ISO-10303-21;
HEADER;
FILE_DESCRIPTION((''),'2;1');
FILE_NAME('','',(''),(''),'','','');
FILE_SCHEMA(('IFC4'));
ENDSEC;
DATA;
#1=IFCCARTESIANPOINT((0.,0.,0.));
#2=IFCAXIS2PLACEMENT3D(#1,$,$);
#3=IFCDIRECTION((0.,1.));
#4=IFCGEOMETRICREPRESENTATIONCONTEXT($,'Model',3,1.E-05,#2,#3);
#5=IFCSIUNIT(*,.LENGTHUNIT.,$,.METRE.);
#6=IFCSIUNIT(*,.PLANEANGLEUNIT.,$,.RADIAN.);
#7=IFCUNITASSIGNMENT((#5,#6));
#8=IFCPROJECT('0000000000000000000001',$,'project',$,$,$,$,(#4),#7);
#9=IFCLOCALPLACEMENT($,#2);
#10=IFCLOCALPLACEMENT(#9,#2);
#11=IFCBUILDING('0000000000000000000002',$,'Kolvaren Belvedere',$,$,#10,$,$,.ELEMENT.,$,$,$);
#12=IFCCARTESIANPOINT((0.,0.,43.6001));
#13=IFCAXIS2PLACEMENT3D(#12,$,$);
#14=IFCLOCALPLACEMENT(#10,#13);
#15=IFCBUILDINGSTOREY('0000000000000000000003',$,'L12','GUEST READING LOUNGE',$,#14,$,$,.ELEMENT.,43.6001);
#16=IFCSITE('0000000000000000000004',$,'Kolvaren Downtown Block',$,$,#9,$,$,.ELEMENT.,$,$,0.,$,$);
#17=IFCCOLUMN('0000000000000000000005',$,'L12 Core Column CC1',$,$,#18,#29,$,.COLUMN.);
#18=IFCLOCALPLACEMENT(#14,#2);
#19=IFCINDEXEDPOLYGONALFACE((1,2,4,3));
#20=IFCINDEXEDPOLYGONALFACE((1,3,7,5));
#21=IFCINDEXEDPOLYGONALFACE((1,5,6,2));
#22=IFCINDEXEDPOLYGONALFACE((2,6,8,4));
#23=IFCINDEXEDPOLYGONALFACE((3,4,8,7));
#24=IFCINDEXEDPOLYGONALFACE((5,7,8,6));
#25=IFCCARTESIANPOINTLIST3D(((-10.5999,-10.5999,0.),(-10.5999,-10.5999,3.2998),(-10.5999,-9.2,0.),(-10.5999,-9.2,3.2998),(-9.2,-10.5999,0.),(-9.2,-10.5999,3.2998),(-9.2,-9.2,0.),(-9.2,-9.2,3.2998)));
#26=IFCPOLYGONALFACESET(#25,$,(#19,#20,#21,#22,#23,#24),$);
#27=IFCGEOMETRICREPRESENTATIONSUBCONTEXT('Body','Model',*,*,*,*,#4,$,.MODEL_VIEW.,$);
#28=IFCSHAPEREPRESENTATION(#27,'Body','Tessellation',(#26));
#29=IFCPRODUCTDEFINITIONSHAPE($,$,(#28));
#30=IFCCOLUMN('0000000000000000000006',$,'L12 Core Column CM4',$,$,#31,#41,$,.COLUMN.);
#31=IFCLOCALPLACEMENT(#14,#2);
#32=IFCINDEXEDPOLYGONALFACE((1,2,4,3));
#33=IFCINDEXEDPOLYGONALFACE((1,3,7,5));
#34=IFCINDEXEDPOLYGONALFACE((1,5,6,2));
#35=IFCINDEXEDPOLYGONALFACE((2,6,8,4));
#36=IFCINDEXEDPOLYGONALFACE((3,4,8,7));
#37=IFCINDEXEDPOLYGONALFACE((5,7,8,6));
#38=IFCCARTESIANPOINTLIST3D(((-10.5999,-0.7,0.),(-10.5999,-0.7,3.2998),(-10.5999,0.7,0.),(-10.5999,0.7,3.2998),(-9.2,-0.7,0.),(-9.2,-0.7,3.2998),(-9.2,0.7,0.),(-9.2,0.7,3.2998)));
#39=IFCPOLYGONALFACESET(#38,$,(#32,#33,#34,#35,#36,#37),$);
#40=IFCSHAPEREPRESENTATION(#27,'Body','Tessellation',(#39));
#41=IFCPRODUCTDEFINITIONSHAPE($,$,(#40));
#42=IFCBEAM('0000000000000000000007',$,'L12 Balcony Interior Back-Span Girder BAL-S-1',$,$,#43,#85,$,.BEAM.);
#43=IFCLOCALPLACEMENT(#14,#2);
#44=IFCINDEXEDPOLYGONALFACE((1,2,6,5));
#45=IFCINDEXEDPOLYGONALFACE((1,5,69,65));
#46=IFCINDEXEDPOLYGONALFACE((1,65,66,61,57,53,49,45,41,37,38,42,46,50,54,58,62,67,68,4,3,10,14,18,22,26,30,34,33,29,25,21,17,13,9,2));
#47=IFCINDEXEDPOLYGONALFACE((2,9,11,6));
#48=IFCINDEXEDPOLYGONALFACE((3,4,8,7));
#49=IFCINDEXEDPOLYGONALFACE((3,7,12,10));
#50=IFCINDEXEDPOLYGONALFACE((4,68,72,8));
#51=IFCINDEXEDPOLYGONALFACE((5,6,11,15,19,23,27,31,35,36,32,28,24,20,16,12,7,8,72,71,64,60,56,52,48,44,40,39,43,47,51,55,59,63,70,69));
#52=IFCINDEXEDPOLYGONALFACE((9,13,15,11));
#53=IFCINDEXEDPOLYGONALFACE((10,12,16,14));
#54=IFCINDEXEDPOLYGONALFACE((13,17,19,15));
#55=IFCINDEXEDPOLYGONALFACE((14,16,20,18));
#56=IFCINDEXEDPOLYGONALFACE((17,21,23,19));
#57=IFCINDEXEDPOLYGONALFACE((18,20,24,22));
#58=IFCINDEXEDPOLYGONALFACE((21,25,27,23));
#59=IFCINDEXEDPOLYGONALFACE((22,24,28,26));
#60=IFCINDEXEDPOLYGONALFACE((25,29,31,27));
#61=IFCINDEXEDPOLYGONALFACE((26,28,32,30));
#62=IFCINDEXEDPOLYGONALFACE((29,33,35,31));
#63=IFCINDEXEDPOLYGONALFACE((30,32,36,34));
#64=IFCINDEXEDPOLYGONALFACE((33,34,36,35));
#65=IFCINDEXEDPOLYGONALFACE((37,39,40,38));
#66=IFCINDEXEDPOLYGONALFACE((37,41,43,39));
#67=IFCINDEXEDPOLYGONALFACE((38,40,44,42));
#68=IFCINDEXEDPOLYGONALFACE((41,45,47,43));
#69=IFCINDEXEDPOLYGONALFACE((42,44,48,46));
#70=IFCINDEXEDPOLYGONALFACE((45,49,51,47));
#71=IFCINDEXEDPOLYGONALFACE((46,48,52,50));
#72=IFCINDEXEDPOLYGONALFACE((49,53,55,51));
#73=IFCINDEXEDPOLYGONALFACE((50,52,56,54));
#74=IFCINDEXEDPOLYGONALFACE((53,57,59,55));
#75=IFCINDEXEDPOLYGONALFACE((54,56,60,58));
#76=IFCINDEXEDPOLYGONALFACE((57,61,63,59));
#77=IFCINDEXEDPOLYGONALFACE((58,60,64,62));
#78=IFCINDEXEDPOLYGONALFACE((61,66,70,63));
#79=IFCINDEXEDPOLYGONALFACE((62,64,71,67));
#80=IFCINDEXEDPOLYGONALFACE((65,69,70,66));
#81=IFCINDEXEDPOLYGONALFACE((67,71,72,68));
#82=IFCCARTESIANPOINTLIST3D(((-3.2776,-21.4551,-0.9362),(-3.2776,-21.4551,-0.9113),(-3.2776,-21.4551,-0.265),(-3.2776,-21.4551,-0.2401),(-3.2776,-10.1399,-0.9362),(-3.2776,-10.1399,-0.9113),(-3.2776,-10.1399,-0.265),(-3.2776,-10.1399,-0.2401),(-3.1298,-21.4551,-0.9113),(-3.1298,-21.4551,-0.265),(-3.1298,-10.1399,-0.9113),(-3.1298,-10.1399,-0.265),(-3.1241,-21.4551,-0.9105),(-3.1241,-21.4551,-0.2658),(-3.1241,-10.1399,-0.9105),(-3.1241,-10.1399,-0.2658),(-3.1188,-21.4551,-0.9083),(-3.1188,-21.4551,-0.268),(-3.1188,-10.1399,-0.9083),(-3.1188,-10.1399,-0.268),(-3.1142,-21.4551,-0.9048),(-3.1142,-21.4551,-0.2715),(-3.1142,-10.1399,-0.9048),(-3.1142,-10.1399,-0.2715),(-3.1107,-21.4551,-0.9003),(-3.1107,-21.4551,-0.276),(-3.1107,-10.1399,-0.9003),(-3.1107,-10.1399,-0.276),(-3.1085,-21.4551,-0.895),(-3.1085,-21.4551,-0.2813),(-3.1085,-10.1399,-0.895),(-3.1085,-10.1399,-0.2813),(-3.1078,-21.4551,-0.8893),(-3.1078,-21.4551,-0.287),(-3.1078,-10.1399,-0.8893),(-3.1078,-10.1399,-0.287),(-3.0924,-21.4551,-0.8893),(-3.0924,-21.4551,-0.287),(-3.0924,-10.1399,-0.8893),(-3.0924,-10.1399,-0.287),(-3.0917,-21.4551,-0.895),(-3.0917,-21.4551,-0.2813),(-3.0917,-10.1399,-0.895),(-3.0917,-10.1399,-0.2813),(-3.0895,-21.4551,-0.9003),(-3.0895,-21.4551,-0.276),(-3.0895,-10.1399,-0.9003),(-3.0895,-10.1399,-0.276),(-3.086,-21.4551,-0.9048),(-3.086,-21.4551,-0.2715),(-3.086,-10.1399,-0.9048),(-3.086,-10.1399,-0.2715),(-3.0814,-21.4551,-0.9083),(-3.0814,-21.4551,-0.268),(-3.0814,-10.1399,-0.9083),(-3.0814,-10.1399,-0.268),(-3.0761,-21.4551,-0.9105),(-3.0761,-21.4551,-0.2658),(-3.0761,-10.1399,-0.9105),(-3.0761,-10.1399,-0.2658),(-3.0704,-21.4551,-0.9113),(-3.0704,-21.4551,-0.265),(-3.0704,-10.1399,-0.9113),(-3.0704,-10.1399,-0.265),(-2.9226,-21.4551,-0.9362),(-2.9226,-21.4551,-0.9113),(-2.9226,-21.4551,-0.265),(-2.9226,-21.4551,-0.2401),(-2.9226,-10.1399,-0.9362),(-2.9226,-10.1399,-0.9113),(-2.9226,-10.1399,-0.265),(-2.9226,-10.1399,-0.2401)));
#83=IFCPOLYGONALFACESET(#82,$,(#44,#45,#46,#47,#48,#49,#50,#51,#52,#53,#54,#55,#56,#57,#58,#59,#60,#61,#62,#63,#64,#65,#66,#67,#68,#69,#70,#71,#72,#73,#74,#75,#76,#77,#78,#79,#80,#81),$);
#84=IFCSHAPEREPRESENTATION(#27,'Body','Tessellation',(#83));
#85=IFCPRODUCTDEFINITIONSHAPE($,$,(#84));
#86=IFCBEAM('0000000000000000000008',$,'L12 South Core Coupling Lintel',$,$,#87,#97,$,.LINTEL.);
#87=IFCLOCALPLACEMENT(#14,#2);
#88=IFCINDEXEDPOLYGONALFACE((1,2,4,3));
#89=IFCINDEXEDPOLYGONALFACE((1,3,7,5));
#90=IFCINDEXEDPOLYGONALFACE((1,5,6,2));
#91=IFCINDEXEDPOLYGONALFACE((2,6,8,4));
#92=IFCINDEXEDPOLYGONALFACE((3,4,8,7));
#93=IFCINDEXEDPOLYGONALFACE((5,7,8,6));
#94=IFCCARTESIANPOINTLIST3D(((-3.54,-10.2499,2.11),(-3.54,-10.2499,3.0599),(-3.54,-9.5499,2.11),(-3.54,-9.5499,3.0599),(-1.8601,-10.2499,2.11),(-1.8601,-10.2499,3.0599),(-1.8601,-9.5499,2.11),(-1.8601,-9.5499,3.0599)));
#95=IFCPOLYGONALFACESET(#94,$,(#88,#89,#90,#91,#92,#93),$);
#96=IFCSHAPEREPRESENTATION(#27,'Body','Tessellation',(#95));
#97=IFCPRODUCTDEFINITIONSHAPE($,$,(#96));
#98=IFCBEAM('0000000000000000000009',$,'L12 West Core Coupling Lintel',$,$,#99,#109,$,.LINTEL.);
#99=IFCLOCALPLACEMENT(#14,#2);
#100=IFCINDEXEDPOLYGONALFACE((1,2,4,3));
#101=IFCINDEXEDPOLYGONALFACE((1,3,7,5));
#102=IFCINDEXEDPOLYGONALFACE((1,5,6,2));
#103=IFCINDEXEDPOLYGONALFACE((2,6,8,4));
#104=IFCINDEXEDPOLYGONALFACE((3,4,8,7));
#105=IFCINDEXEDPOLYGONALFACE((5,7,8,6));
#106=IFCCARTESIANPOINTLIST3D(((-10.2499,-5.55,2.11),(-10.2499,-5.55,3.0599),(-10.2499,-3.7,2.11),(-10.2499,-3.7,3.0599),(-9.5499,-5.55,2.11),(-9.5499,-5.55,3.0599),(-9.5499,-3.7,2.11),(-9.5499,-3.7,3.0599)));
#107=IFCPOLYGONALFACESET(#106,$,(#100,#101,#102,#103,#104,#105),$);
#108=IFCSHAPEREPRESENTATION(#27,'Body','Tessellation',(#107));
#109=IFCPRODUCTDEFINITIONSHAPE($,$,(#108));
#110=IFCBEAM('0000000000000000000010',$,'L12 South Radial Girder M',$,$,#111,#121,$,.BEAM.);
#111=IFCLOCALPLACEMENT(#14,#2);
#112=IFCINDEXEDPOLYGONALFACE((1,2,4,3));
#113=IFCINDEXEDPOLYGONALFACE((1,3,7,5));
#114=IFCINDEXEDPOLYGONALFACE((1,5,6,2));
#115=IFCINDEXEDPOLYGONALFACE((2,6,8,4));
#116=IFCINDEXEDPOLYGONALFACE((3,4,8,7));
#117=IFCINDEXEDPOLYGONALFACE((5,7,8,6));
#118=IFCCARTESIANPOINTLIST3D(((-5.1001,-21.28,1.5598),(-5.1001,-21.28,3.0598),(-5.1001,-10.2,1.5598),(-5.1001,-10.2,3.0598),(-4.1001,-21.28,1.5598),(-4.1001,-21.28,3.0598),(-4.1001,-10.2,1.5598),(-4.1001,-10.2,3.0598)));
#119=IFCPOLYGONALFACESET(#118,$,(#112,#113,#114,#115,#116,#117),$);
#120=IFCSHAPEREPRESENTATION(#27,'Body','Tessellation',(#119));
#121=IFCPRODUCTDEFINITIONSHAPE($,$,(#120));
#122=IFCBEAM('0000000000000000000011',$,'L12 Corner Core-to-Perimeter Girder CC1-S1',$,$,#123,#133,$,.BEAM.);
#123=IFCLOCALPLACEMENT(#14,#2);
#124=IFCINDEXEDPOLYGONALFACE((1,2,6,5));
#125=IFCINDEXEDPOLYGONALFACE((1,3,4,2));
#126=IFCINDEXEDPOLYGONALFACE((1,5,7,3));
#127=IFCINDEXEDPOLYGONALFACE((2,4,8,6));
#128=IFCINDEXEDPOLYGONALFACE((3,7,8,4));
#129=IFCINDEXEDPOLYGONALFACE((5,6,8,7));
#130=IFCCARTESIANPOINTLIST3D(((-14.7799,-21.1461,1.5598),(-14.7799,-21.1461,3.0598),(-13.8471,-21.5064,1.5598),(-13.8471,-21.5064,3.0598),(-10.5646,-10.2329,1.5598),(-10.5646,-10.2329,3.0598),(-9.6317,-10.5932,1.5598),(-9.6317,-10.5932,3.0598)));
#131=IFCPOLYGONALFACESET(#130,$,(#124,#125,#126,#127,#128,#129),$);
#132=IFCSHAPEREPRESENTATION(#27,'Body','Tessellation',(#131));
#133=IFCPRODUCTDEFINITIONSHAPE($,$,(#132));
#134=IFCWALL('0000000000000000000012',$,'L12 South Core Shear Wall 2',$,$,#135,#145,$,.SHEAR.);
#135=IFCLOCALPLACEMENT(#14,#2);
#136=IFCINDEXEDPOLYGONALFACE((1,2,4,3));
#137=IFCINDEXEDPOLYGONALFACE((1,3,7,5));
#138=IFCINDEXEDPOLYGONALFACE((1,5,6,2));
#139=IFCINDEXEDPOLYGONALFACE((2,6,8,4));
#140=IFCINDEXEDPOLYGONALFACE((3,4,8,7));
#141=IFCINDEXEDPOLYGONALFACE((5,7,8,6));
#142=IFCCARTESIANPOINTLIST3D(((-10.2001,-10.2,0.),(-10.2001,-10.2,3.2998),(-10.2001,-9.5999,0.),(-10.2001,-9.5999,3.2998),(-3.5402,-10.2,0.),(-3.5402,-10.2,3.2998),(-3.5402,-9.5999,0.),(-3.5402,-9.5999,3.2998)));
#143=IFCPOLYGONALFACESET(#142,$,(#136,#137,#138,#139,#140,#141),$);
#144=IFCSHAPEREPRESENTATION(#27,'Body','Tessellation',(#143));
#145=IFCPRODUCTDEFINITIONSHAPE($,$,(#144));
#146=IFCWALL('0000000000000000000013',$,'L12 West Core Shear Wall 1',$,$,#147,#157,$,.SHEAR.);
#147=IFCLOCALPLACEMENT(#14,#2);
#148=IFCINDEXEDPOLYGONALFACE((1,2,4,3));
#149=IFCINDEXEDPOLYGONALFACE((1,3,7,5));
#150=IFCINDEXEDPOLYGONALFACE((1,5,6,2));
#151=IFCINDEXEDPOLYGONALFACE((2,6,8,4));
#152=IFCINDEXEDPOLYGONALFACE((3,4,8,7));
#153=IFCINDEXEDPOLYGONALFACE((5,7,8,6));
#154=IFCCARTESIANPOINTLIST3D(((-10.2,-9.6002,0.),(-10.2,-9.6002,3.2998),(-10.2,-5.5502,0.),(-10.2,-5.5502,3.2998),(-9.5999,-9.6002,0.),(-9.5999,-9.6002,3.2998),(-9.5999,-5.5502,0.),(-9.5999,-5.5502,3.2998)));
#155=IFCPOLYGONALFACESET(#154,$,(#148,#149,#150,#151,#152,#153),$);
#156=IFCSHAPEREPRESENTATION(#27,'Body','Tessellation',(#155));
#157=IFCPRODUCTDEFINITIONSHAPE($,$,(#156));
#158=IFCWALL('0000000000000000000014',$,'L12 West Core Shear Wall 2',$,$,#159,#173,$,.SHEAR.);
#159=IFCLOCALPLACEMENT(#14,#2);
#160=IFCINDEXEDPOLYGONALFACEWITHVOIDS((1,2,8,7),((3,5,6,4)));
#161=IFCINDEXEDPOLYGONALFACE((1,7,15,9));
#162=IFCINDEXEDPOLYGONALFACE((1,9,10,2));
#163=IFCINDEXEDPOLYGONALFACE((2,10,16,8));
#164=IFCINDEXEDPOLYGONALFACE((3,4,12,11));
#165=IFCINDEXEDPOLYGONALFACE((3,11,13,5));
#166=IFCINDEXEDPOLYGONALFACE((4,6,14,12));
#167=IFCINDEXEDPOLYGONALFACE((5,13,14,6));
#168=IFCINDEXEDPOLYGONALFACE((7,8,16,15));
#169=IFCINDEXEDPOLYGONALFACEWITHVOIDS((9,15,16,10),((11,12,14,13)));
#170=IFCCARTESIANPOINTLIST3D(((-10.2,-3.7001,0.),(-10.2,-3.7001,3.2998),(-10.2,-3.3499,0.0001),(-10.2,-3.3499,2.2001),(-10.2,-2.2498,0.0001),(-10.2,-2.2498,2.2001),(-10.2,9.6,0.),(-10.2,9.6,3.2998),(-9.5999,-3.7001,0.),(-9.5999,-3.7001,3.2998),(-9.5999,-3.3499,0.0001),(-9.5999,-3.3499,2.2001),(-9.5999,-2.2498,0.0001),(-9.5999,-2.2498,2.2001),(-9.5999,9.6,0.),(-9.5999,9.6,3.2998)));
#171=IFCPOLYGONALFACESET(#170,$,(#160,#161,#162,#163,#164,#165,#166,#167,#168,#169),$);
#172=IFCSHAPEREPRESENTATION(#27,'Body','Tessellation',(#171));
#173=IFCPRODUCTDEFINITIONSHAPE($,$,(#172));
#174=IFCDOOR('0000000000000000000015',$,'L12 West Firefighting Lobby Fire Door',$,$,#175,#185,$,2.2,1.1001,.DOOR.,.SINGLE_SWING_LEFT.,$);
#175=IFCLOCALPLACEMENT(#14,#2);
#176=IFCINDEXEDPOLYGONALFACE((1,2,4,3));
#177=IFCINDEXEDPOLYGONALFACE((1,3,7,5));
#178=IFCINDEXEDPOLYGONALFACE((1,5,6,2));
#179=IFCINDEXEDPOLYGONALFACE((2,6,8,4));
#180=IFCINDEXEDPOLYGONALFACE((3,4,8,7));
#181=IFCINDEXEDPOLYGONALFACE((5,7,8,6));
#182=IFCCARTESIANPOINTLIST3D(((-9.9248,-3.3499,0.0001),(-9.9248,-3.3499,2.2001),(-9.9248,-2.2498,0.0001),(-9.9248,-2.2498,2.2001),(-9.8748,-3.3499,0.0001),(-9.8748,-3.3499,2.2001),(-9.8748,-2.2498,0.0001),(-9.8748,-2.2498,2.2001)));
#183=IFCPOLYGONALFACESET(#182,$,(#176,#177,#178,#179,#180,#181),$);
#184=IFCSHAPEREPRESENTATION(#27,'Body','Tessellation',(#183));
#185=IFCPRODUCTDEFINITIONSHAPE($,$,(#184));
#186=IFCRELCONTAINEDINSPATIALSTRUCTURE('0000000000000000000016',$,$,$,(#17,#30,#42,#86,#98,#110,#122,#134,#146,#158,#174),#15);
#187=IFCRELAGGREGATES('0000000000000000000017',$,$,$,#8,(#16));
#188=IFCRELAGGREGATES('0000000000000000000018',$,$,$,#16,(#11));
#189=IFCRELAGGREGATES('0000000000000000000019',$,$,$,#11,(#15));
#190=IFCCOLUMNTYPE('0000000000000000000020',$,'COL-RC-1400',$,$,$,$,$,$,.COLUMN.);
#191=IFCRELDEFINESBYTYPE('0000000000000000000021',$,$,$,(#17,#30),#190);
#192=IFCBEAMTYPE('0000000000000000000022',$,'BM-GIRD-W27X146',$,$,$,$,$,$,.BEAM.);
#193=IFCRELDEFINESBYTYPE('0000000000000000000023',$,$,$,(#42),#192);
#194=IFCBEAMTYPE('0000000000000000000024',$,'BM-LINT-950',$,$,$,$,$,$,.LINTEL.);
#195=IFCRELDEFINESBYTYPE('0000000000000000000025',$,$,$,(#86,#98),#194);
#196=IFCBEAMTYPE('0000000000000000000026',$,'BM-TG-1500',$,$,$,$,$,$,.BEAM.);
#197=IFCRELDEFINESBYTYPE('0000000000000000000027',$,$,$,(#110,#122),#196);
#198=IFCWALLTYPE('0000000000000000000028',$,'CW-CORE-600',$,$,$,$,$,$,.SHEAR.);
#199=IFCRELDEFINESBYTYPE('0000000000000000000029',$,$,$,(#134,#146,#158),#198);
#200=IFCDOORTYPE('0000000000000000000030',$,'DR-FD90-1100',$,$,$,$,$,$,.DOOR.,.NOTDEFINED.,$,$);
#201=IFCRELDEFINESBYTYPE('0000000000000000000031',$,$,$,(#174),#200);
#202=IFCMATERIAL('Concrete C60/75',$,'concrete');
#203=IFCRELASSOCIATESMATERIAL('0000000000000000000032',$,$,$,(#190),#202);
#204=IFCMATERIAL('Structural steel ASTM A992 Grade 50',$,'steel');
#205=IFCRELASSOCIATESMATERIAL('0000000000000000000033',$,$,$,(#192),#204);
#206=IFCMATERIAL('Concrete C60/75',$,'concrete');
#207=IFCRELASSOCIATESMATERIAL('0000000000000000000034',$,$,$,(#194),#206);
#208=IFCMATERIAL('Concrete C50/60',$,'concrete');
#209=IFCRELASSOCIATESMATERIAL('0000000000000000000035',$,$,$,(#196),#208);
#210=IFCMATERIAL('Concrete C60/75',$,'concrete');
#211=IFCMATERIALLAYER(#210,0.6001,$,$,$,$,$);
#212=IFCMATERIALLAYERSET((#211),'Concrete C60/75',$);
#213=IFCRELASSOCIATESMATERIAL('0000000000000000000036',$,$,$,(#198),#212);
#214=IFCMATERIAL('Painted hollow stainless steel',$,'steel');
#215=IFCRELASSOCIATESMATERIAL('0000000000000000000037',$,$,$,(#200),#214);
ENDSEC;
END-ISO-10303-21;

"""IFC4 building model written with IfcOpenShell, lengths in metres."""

from ifc_helpers import new_model, si_unit, direction, frame, frame_2d, origin, origin_2d, place, context, subcontext, project, spatial, rectangle, i_section, extrude, material, layer, layer_set, material_profile, profile_set, type_object, element, fill, save


model = new_model("IFC4")

# Units and contexts
model_context = context("Model", 3, precision=1e-05, world=origin(), true_north=direction((0.0, 1.0)))
body_context = subcontext(model_context, "Body", "Model", "MODEL_VIEW")
ifc_project = project(units=[si_unit("LENGTHUNIT", "METRE"), si_unit("PLANEANGLEUNIT", "RADIAN")], contexts=[model_context])

# Site, building, storey
site_placement = place(None, origin())
site = spatial("IfcSite", under=ifc_project, at=site_placement, Name="Kolvaren Downtown Block", CompositionType="ELEMENT", RefElevation=0.0)
building_placement = place(site_placement, origin())
building = spatial("IfcBuilding", under=site, at=building_placement, Name="Kolvaren Belvedere", CompositionType="ELEMENT")
storey_placement = place(building_placement, frame((0.0, 0.0, 43.6001)))
storey = spatial("IfcBuildingStorey", under=building, at=storey_placement, Name="L12", Description="GUEST READING LOUNGE", CompositionType="ELEMENT", Elevation=43.6001)

# Columns
ifc_material_1 = material(Name="Concrete C60/75", Category="concrete")
ifc_material_profile_1 = material_profile(ifc_material_1, rectangle(XDim=1.3999, YDim=1.3999, at=origin_2d()), Name="RC 1400X1400")
ifc_profile_set_1 = profile_set([ifc_material_profile_1], Name="Concrete C60/75")
column_type = type_object("IfcColumnType", Name="COL-RC-1400", PredefinedType="COLUMN", material=ifc_profile_set_1)
for number, where, z_axis, x_axis, name in (
    (1, (-9.8999, -9.8999, 0.0), (0.0, 0.0, 1.0), (1.0, 0.0, 0.0), "L12 Core Column CC1"),
    (2, (-9.8999, 0.0, 0.0), (0.0, 0.0, 1.0), (1.0, 0.0, 0.0), "L12 Core Column CM4"),
):
    element("IfcColumn", number, at=place(storey_placement, frame(where, z_axis=z_axis, x_axis=x_axis)), inside=storey, type_object=column_type, Name=name, PredefinedType="COLUMN", context=body_context, shape_type="SweptSolid", body=[
        extrude(rectangle(XDim=1.3999, YDim=1.3999, at=origin_2d()), origin(), (0.0, 0.0, 1.0), 3.2998),
    ])

# Beams
ifc_material_2 = material(Name="Structural steel ASTM A992 Grade 50", Category="steel")
ifc_material_profile_2 = material_profile(ifc_material_2, i_section(OverallWidth=0.355, OverallDepth=0.696, WebThickness=0.0154, FlangeThickness=0.0249, FilletRadius=0.022, at=origin_2d()), Name="W27X146")
ifc_profile_set_2 = profile_set([ifc_material_profile_2], Name="Structural steel ASTM A992 Grade 50")
beam_type_1 = type_object("IfcBeamType", Name="BM-GIRD-W27X146", PredefinedType="BEAM", material=ifc_profile_set_2)
beam_1_placement = place(storey_placement, frame((-3.1001, -10.1399, -0.5881), z_axis=(0.0, -1.0, 0.0), x_axis=(1.0, 0.0, 0.0)))
element("IfcBeam", 3, at=beam_1_placement, inside=storey, type_object=beam_type_1, Name="L12 Balcony Interior Back-Span Girder BAL-S-1", PredefinedType="BEAM", context=body_context, shape_type="SweptSolid", body=[
    extrude(i_section(OverallWidth=0.355, OverallDepth=0.696, WebThickness=0.0154, FlangeThickness=0.0249, FilletRadius=0.022, at=origin_2d()), origin(), (0.0, 0.0, 1.0), 11.3152),
])
ifc_material_3 = material(Name="Concrete C60/75", Category="concrete")
ifc_material_profile_3 = material_profile(ifc_material_3, rectangle(XDim=0.7, YDim=0.95, at=origin_2d()), Name="RC 700X950")
ifc_profile_set_3 = profile_set([ifc_material_profile_3], Name="Concrete C60/75")
beam_type_2 = type_object("IfcBeamType", Name="BM-LINT-950", PredefinedType="LINTEL", material=ifc_profile_set_3)
beam_2_placement = place(storey_placement, frame((-3.54, -9.8999, 2.585), z_axis=(1.0, 0.0, 0.0), x_axis=(0.0, 1.0, 0.0)))
element("IfcBeam", 4, at=beam_2_placement, inside=storey, type_object=beam_type_2, Name="L12 South Core Coupling Lintel", PredefinedType="LINTEL", context=body_context, shape_type="SweptSolid", body=[
    extrude(rectangle(XDim=0.7, YDim=0.95, at=origin_2d()), origin(), (0.0, 0.0, 1.0), 1.6799),
])
beam_3_placement = place(storey_placement, frame((-9.8999, -5.55, 2.585), z_axis=(0.0, 1.0, 0.0), x_axis=(-1.0, 0.0, 0.0)))
element("IfcBeam", 5, at=beam_3_placement, inside=storey, type_object=beam_type_2, Name="L12 West Core Coupling Lintel", PredefinedType="LINTEL", context=body_context, shape_type="SweptSolid", body=[
    extrude(rectangle(XDim=0.7, YDim=0.95, at=origin_2d()), origin(), (0.0, 0.0, 1.0), 1.8501),
])
ifc_material_4 = material(Name="Concrete C50/60", Category="concrete")
ifc_material_profile_4 = material_profile(ifc_material_4, rectangle(XDim=1.0, YDim=1.5, at=origin_2d()), Name="RC 1000X1500")
ifc_profile_set_4 = profile_set([ifc_material_profile_4], Name="Concrete C50/60")
beam_type_3 = type_object("IfcBeamType", Name="BM-TG-1500", PredefinedType="BEAM", material=ifc_profile_set_4)
beam_4_placement = place(storey_placement, frame((-4.6001, -10.2, 2.3098), z_axis=(0.0, -1.0, 0.0), x_axis=(1.0, 0.0, 0.0)))
element("IfcBeam", 6, at=beam_4_placement, inside=storey, type_object=beam_type_3, Name="L12 South Radial Girder M", PredefinedType="BEAM", context=body_context, shape_type="SweptSolid", body=[
    extrude(rectangle(XDim=1.0, YDim=1.5, at=origin_2d()), origin(), (0.0, 0.0, 1.0), 11.0801),
])
beam_5_placement = place(storey_placement, frame((-10.0981, -10.4131, 2.3098), z_axis=(-0.360318, -0.932829, 0.0), x_axis=(0.932829, -0.360318, 0.0)))
element("IfcBeam", 7, at=beam_5_placement, inside=storey, type_object=beam_type_3, Name="L12 Corner Core-to-Perimeter Girder CC1-S1", PredefinedType="BEAM", context=body_context, shape_type="SweptSolid", body=[
    extrude(rectangle(XDim=1.0, YDim=1.5, at=origin_2d()), origin(), (0.0, 0.0, 1.0), 11.699),
])

# Walls
ifc_material_5 = material(Name="Concrete C60/75", Category="concrete")
ifc_layer_1 = layer(ifc_material_5, 0.6001)
ifc_layer_set_1 = layer_set([ifc_layer_1], Name="Concrete C60/75")
wall_type_1 = type_object("IfcWallType", Name="CW-CORE-600", PredefinedType="SHEAR", material=ifc_layer_set_1)
wall_1_placement = place(storey_placement, frame((-3.54, -9.8999, 0.0), z_axis=(0.0, 0.0, 1.0), x_axis=(-1.0, 0.0, 0.0)))
element("IfcWall", 8, at=wall_1_placement, inside=storey, type_object=wall_type_1, Name="L12 South Core Shear Wall 2", PredefinedType="SHEAR", context=body_context, shape_type="SweptSolid", body=[
    extrude(rectangle(XDim=6.6599, YDim=0.6001, at=frame_2d((3.3301, 0.0))), origin(), (0.0, 0.0, 1.0), 3.2998),
])
wall_2_placement = place(storey_placement, frame((-9.8999, -9.6001, 0.0), z_axis=(0.0, 0.0, 1.0), x_axis=(0.0, 1.0, 0.0)))
element("IfcWall", 9, at=wall_2_placement, inside=storey, type_object=wall_type_1, Name="L12 West Core Shear Wall 1", PredefinedType="SHEAR", context=body_context, shape_type="SweptSolid", body=[
    extrude(rectangle(XDim=4.05, YDim=0.6001, at=frame_2d((2.0249, 0.0))), origin(), (0.0, 0.0, 1.0), 3.2998),
])

# Wall, opening, door
wall_3_placement = place(storey_placement, frame((-9.8999, -3.7, 0.0), z_axis=(0.0, 0.0, 1.0), x_axis=(0.0, 1.0, 0.0)))
wall_3 = element("IfcWall", 10, at=wall_3_placement, inside=storey, type_object=wall_type_1, Name="L12 West Core Shear Wall 2", PredefinedType="SHEAR", context=body_context, shape_type="SweptSolid", body=[
    extrude(rectangle(XDim=13.3, YDim=0.6001, at=frame_2d((6.6499, 0.0))), origin(), (0.0, 0.0, 1.0), 3.2998),
])
opening_1_placement = place(wall_3_placement, frame((0.3501, 0.0, 0.0)))
opening_1 = element("IfcOpeningElement", 11, at=opening_1_placement, cuts=wall_3, PredefinedType="OPENING", context=body_context, shape_type="SweptSolid", body=[
    extrude(rectangle(XDim=1.1001, YDim=2.2, at=frame_2d((0.55, 1.1001))), frame((0.0, 0.3101, 0.0), z_axis=(0.0, -1.0, 0.0), x_axis=(1.0, 0.0, 0.0)), (0.0, 0.0, 1.0), 0.6201),
])
ifc_material_6 = material(Name="Painted hollow stainless steel", Category="steel")
door_type_1 = type_object("IfcDoorType", Name="DR-FD90-1100", OperationType="NOTDEFINED", PredefinedType="DOOR", material=ifc_material_6)
door_1_placement = place(opening_1_placement, origin())
door_1 = element("IfcDoor", 12, at=door_1_placement, inside=storey, type_object=door_type_1, Name="L12 West Firefighting Lobby Fire Door", OperationType="SINGLE_SWING_LEFT", OverallHeight=2.2, OverallWidth=1.1001, PredefinedType="DOOR", context=body_context, shape_type="SweptSolid", body=[
    extrude(rectangle(XDim=1.1001, YDim=2.2, at=frame_2d((0.55, 1.1001))), frame((0.0, 0.0249, 0.0), z_axis=(0.0, -1.0, 0.0), x_axis=(1.0, 0.0, 0.0)), (0.0, 0.0, 1.0), 0.05),
])
fill(opening_1, door_1)

save(model, "model.ifc")
